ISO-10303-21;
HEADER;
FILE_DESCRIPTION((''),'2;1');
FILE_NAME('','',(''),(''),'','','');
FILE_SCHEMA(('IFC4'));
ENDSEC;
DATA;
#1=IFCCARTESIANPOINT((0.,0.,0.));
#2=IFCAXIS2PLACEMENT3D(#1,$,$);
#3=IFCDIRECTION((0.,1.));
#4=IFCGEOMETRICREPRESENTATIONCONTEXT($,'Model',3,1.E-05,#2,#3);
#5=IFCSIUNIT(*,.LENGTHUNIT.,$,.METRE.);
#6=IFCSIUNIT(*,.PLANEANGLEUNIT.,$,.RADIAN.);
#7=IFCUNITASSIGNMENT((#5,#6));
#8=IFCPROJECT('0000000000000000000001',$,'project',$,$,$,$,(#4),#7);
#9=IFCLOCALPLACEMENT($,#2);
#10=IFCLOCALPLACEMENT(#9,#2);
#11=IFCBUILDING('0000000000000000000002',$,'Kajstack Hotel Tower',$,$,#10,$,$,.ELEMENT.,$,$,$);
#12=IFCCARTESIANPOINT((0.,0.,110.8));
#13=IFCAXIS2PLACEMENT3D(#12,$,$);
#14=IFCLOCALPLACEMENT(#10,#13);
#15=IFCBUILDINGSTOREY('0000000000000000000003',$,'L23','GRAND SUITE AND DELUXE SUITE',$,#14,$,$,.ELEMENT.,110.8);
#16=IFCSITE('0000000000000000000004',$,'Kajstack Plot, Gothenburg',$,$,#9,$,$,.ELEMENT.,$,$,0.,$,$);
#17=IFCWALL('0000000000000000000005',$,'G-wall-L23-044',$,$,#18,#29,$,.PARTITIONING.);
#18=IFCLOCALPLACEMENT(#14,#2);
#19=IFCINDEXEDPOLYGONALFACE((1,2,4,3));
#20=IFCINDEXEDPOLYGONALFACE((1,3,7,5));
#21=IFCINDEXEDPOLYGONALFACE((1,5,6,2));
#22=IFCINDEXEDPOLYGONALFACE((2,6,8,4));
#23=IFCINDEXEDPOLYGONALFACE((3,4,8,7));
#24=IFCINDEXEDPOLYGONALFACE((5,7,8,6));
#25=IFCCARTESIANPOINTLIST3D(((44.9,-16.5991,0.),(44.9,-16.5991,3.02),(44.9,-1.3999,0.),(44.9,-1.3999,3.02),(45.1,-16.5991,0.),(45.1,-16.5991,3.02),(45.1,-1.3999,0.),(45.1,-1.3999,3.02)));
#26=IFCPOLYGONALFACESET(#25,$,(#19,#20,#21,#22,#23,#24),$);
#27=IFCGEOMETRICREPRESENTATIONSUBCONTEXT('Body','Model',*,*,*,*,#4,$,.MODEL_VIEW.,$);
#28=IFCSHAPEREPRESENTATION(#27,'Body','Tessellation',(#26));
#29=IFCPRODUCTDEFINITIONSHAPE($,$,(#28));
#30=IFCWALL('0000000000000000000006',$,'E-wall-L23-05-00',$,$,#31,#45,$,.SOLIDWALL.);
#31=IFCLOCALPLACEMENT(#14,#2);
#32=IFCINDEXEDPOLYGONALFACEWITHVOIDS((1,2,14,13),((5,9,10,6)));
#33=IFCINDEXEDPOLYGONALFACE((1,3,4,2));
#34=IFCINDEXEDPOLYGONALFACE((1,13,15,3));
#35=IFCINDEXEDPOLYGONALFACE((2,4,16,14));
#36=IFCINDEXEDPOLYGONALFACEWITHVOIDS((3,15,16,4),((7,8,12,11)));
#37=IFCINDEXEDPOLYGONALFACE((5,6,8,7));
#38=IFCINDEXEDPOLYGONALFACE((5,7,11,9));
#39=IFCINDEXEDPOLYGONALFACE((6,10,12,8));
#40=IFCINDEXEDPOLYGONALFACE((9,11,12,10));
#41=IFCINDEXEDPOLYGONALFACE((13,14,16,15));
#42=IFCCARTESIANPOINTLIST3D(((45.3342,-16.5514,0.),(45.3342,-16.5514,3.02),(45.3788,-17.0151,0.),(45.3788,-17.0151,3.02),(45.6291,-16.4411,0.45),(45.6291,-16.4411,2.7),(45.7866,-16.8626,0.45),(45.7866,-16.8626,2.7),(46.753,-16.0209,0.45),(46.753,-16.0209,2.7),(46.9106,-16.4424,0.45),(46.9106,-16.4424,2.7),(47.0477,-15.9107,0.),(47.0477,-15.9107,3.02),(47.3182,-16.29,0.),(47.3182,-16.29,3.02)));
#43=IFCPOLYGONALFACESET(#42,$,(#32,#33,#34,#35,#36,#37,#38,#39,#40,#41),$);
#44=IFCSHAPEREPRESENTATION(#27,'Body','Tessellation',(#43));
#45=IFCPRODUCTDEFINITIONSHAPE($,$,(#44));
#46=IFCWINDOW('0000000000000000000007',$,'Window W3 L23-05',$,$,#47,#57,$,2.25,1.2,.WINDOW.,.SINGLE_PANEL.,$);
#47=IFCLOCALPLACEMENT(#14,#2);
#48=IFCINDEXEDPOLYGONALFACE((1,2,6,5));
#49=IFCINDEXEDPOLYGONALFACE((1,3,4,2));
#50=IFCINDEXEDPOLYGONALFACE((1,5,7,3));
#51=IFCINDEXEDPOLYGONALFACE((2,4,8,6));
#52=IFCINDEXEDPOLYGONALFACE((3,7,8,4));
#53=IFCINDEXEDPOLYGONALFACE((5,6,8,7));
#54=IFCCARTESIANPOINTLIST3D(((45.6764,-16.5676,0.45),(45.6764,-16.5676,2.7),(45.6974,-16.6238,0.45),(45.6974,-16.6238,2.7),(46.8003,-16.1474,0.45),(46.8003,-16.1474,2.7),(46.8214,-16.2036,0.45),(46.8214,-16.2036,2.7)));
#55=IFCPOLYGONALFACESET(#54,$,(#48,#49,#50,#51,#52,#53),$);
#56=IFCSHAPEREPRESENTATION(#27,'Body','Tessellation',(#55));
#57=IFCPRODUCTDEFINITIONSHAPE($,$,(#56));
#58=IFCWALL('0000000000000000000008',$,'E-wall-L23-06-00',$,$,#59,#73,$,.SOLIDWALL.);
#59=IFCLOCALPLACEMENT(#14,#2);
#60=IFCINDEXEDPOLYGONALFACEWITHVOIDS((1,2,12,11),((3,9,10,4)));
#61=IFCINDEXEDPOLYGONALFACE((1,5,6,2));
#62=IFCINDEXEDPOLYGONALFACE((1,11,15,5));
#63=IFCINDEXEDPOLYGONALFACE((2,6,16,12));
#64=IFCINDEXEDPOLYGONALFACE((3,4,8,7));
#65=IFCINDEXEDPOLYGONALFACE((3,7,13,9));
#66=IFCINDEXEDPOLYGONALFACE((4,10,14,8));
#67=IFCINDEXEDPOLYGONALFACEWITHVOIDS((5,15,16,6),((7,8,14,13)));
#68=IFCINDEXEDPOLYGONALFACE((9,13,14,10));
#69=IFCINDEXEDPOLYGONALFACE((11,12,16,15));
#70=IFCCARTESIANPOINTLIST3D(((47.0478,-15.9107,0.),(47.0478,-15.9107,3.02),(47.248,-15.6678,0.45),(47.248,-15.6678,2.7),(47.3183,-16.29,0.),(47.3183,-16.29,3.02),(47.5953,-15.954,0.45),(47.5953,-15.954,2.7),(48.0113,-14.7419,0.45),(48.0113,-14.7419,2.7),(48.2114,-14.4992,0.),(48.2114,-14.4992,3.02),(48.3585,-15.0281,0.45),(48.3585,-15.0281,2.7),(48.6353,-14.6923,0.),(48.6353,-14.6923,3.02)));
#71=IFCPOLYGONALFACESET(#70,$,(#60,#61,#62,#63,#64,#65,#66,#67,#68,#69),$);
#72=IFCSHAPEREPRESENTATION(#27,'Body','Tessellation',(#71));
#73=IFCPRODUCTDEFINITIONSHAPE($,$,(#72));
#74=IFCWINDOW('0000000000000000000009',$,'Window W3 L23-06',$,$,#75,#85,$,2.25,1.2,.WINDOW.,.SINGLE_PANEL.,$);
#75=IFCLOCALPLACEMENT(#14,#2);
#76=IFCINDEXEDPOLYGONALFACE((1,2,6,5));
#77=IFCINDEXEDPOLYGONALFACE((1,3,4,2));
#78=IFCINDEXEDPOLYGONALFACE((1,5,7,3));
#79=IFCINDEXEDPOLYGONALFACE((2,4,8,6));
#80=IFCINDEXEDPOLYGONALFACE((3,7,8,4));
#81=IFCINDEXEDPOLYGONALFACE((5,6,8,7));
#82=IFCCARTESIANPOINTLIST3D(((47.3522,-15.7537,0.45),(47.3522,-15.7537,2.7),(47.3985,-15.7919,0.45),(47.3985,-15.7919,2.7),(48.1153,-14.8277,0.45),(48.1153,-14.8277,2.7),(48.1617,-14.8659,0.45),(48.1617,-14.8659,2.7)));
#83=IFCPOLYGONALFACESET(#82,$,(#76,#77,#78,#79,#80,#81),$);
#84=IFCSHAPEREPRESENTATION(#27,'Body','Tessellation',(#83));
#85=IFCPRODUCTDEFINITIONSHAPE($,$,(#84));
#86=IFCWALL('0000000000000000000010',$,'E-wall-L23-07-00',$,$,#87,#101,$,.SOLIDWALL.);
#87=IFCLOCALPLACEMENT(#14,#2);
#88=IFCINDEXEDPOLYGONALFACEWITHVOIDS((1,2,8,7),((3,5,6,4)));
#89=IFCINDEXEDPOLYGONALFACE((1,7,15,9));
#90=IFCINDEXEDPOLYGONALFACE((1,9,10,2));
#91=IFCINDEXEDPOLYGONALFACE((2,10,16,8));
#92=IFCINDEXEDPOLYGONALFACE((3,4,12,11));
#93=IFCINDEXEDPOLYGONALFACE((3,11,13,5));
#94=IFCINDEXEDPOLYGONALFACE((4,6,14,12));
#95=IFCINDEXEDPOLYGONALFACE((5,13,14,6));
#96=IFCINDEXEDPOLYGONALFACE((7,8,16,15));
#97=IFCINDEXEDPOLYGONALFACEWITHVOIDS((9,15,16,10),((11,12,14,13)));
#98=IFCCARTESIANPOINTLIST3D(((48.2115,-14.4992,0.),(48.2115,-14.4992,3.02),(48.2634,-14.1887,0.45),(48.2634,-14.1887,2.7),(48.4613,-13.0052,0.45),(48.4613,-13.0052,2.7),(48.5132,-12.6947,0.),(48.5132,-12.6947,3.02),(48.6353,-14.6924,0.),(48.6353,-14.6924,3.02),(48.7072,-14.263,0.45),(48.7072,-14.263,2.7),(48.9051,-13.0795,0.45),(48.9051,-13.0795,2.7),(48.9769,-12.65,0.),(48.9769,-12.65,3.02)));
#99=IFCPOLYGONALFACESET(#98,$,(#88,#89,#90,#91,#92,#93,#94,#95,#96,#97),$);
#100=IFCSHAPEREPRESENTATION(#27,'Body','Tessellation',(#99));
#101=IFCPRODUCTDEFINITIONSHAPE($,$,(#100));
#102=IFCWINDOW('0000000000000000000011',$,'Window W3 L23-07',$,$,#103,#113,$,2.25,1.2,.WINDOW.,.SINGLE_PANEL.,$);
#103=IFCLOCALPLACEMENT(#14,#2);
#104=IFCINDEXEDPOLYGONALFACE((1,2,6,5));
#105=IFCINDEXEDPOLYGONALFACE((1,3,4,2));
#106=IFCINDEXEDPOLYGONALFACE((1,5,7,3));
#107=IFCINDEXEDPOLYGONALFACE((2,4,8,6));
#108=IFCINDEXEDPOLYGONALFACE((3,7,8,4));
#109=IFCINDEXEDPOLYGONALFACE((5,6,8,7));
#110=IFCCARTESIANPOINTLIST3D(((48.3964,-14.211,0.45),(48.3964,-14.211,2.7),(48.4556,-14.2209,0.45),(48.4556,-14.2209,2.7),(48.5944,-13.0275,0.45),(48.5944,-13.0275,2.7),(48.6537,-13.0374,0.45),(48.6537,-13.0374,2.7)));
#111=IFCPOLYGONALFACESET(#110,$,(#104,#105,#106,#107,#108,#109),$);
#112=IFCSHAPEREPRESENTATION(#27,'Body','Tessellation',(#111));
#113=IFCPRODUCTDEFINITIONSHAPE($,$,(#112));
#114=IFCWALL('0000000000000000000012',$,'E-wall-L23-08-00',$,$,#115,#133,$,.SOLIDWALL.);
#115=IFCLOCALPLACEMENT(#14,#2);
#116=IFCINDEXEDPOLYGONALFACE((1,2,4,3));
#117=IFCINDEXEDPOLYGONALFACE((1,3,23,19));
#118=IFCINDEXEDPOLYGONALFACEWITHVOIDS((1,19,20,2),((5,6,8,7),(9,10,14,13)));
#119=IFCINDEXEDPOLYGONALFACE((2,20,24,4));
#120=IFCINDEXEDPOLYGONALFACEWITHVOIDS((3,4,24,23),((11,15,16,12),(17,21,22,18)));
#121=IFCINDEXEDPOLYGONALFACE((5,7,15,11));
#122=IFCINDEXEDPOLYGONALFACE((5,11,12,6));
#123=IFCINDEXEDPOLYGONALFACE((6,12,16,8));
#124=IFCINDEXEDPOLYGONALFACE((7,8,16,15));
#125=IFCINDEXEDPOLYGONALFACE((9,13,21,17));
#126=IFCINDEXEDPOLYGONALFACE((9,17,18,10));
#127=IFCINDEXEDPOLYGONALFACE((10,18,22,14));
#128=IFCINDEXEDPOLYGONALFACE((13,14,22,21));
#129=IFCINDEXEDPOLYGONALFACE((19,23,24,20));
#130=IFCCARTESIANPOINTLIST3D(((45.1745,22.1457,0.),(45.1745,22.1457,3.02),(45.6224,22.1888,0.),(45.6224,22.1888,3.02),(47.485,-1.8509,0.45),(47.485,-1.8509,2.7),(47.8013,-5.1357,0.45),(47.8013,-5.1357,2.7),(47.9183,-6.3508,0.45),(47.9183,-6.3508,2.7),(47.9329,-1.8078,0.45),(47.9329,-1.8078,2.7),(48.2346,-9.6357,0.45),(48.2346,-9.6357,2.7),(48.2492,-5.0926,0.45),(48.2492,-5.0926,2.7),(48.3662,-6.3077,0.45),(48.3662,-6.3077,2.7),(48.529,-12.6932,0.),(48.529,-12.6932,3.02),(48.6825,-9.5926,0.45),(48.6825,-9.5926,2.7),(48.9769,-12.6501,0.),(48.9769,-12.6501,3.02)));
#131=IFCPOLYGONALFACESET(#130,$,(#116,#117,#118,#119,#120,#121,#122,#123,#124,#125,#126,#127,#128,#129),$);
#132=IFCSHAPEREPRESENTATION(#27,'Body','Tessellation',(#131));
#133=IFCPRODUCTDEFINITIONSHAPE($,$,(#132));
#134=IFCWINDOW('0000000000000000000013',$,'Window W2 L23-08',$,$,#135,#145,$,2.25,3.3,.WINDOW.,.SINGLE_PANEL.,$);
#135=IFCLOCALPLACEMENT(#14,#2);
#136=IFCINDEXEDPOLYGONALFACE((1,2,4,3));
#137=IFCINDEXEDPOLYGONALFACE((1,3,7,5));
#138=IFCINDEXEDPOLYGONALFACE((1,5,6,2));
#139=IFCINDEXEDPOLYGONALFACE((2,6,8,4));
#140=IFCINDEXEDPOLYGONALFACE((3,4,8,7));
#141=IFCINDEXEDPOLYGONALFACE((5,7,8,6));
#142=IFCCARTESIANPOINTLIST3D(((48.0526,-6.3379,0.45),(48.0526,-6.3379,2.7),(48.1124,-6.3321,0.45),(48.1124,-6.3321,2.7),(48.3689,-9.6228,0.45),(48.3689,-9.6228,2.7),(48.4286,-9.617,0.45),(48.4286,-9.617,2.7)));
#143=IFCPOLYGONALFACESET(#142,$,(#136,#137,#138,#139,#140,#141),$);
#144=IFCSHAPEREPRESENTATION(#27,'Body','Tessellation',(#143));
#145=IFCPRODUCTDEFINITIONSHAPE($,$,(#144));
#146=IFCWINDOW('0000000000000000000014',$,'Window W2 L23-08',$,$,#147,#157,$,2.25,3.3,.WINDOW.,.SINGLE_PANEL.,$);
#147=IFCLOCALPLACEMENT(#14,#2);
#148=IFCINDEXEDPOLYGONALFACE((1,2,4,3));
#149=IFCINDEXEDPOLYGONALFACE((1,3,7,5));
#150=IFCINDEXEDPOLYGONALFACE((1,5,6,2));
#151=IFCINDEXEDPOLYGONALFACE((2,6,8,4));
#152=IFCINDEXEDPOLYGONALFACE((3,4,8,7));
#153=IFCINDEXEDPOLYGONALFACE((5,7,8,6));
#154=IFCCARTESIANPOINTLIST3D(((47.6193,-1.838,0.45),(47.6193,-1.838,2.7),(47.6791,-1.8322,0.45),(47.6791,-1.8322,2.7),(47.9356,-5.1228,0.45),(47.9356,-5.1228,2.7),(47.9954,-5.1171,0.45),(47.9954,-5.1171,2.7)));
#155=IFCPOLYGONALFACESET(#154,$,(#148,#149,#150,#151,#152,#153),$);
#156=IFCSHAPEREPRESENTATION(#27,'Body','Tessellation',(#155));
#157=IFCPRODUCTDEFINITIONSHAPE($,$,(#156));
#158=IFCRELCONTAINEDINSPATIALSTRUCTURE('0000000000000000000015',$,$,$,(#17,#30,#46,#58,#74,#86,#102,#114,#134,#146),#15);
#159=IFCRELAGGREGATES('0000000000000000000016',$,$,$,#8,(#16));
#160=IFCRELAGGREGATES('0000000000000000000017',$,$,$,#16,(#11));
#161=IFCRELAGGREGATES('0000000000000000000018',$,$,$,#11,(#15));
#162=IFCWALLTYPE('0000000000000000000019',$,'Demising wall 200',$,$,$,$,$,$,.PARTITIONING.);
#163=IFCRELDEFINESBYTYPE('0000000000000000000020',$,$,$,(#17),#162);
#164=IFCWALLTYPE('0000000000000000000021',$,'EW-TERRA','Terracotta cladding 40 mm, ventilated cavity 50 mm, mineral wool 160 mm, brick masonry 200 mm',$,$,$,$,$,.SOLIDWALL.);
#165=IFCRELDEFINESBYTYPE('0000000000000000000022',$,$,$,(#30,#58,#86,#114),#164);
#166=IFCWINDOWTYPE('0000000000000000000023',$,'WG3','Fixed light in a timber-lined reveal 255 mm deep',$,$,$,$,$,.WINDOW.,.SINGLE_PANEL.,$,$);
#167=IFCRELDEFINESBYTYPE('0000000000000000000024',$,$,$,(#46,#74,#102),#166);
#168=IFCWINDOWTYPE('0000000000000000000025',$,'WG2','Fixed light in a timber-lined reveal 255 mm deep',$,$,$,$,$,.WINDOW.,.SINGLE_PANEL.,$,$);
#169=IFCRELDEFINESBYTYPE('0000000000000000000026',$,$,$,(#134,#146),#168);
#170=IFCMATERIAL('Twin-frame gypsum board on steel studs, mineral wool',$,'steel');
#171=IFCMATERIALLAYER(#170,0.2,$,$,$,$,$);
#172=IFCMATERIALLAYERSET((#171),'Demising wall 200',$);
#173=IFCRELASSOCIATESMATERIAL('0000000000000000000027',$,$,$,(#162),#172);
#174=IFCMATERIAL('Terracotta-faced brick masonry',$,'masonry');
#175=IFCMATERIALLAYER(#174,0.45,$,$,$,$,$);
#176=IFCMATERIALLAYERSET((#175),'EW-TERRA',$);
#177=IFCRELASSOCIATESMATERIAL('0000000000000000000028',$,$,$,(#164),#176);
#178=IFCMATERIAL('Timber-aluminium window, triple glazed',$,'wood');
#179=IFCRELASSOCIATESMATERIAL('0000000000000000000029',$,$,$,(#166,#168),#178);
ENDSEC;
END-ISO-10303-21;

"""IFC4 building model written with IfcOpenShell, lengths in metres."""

from ifc_helpers import new_model, si_unit, direction, frame, frame_2d, origin, place, context, subcontext, project, spatial, polyline, rectangle, outline, extrude, material, layer, layer_set, type_object, element, fill, save


model = new_model("IFC4")

# Units and contexts
model_context = context("Model", 3, precision=1e-05, world=origin(), true_north=direction((0.0, 1.0)))
body_context = subcontext(model_context, "Body", "Model", "MODEL_VIEW")
ifc_project = project(units=[si_unit("LENGTHUNIT", "METRE"), si_unit("PLANEANGLEUNIT", "RADIAN")], contexts=[model_context])

# Site, building, storey
site_placement = place(None, origin())
site = spatial("IfcSite", under=ifc_project, at=site_placement, Name="Kajstack Plot, Gothenburg", CompositionType="ELEMENT", RefElevation=0.0)
building_placement = place(site_placement, origin())
building = spatial("IfcBuilding", under=site, at=building_placement, Name="Kajstack Hotel Tower", CompositionType="ELEMENT")
storey_placement = place(building_placement, frame((0.0, 0.0, 110.8)))
storey = spatial("IfcBuildingStorey", under=building, at=storey_placement, Name="L23", Description="GRAND SUITE AND DELUXE SUITE", CompositionType="ELEMENT", Elevation=110.8)

# Wall
ifc_material_1 = material(Name="Twin-frame gypsum board on steel studs, mineral wool", Category="steel")
ifc_layer_1 = layer(ifc_material_1, 0.2)
ifc_layer_set_1 = layer_set([ifc_layer_1], Name="Demising wall 200")
wall_type_1 = type_object("IfcWallType", Name="Demising wall 200", PredefinedType="PARTITIONING", material=ifc_layer_set_1)
wall_1_placement = place(storey_placement, frame((45.0, -16.5991, 0.0), z_axis=(0.0, 0.0, 1.0), x_axis=(0.0, 1.0, 0.0)))
element("IfcWall", 1, at=wall_1_placement, inside=storey, type_object=wall_type_1, Name="G-wall-L23-044", PredefinedType="PARTITIONING", context=body_context, shape_type="SweptSolid", body=[
    extrude(rectangle(XDim=15.1992, YDim=0.2, at=frame_2d((7.5996, 0.0))), origin(), (0.0, 0.0, 1.0), 3.02),
])

# Walls, openings, windows
ifc_material_2 = material(Name="Terracotta-faced brick masonry", Category="masonry")
ifc_layer_2 = layer(ifc_material_2, 0.45)
ifc_layer_set_2 = layer_set([ifc_layer_2], Name="EW-TERRA")
wall_type_2 = type_object("IfcWallType", Name="EW-TERRA", Description="Terracotta cladding 40 mm, ventilated cavity 50 mm, mineral wool 160 mm, brick masonry 200 mm", PredefinedType="SOLIDWALL", material=ifc_layer_set_2)
wall_2_placement = place(storey_placement, frame((45.3, -16.8044, 0.0), z_axis=(0.0, 0.0, 1.0), x_axis=(0.936678, 0.350193, 0.0)))
wall_2 = element("IfcWall", 2, at=wall_2_placement, inside=storey, type_object=wall_type_2, Name="E-wall-L23-05-00", PredefinedType="SOLIDWALL", context=body_context, shape_type="SweptSolid", body=[
    extrude(outline(polyline([(0.0, -0.2249), (2.0706, -0.2249), (1.95, 0.2251), (0.1206, 0.2251), (0.0, -0.2249)])), origin(), (0.0, 0.0, 1.0), 3.02),
])
opening_1_placement = place(wall_2_placement, frame((0.4353, 0.0, 0.45)))
opening_1 = element("IfcOpeningElement", 3, at=opening_1_placement, cuts=wall_2, PredefinedType="OPENING", context=body_context, shape_type="SweptSolid", body=[
    extrude(rectangle(XDim=1.2, YDim=2.25, at=frame_2d((0.6001, 1.125))), frame((0.0, 0.2349, 0.0), z_axis=(0.0, -1.0, 0.0), x_axis=(1.0, 0.0, 0.0)), (0.0, 0.0, 1.0), 0.47),
])
ifc_material_3 = material(Name="Timber-aluminium window, triple glazed", Category="wood")
window_type_1 = type_object("IfcWindowType", Name="WG3", Description="Fixed light in a timber-lined reveal 255 mm deep", PartitioningType="SINGLE_PANEL", PredefinedType="WINDOW", material=ifc_material_3)
window_1_placement = place(opening_1_placement, origin())
window_1 = element("IfcWindow", 4, at=window_1_placement, inside=storey, type_object=window_type_1, Name="Window W3 L23-05", OverallHeight=2.25, OverallWidth=1.2, PartitioningType="SINGLE_PANEL", PredefinedType="WINDOW", context=body_context, shape_type="SweptSolid", body=[
    extrude(rectangle(XDim=1.2, YDim=2.25, at=frame_2d((0.6001, 1.125))), frame((0.0, 0.0901, 0.0), z_axis=(0.0, -1.0, 0.0), x_axis=(1.0, 0.0, 0.0)), (0.0, 0.0, 1.0), 0.0601),
])
fill(opening_1, window_1)
wall_3_placement = place(storey_placement, frame((47.1448, -16.147, 0.0), z_axis=(0.0, 0.0, 1.0), x_axis=(0.635988, 0.771699, 0.0)))
wall_3 = element("IfcWall", 5, at=wall_3_placement, inside=storey, type_object=wall_type_2, Name="E-wall-L23-06-00", PredefinedType="SOLIDWALL", context=body_context, shape_type="SweptSolid", body=[
    extrude(outline(polyline([(0.0, -0.2249), (2.0706, -0.2251), (1.95, 0.2249), (0.1206, 0.2251), (0.0, -0.2249)])), origin(), (0.0, 0.0, 1.0), 3.02),
])
opening_2_placement = place(wall_3_placement, frame((0.4353, 0.0, 0.45)))
opening_2 = element("IfcOpeningElement", 6, at=opening_2_placement, cuts=wall_3, PredefinedType="OPENING", context=body_context, shape_type="SweptSolid", body=[
    extrude(rectangle(XDim=1.2, YDim=2.25, at=frame_2d((0.6001, 1.125))), frame((0.0, 0.2349, 0.0), z_axis=(0.0, -1.0, 0.0), x_axis=(1.0, 0.0, 0.0)), (0.0, 0.0, 1.0), 0.47),
])
window_2_placement = place(opening_2_placement, origin())
window_2 = element("IfcWindow", 7, at=window_2_placement, inside=storey, type_object=window_type_1, Name="Window W3 L23-06", OverallHeight=2.25, OverallWidth=1.2, PartitioningType="SINGLE_PANEL", PredefinedType="WINDOW", context=body_context, shape_type="SweptSolid", body=[
    extrude(rectangle(XDim=1.2, YDim=2.25, at=frame_2d((0.6001, 1.125))), frame((0.0, 0.0901, 0.0), z_axis=(0.0, -1.0, 0.0), x_axis=(1.0, 0.0, 0.0)), (0.0, 0.0, 1.0), 0.0601),
])
fill(opening_2, window_2)
wall_4_placement = place(storey_placement, frame((48.4133, -14.6553, 0.0), z_axis=(0.0, 0.0, 1.0), x_axis=(0.165068, 0.986282, 0.0)))
wall_4 = element("IfcWall", 8, at=wall_4_placement, inside=storey, type_object=wall_type_2, Name="E-wall-L23-07-00", PredefinedType="SOLIDWALL", context=body_context, shape_type="SweptSolid", body=[
    extrude(outline(polyline([(0.0, -0.2251), (2.0708, -0.2249), (1.9502, 0.2251), (0.1206, 0.2249), (0.0, -0.2251)])), origin(), (0.0, 0.0, 1.0), 3.02),
])
opening_3_placement = place(wall_4_placement, frame((0.4353, 0.0, 0.45)))
opening_3 = element("IfcOpeningElement", 9, at=opening_3_placement, cuts=wall_4, PredefinedType="OPENING", context=body_context, shape_type="SweptSolid", body=[
    extrude(rectangle(XDim=1.2, YDim=2.25, at=frame_2d((0.6001, 1.125))), frame((0.0, 0.2349, 0.0), z_axis=(0.0, -1.0, 0.0), x_axis=(1.0, 0.0, 0.0)), (0.0, 0.0, 1.0), 0.47),
])
window_3_placement = place(opening_3_placement, origin())
window_3 = element("IfcWindow", 10, at=window_3_placement, inside=storey, type_object=window_type_1, Name="Window W3 L23-07", OverallHeight=2.25, OverallWidth=1.2, PartitioningType="SINGLE_PANEL", PredefinedType="WINDOW", context=body_context, shape_type="SweptSolid", body=[
    extrude(rectangle(XDim=1.2, YDim=2.25, at=frame_2d((0.6001, 1.125))), frame((0.0, 0.0901, 0.0), z_axis=(0.0, -1.0, 0.0), x_axis=(1.0, 0.0, 0.0)), (0.0, 0.0, 1.0), 0.0601),
])
fill(opening_3, window_3)

# Wall, openings, windows
wall_5_placement = place(storey_placement, frame((48.7529, -12.6716, 0.0), z_axis=(0.0, 0.0, 1.0), x_axis=(-0.095843, 0.995396, 0.0)))
wall_5 = element("IfcWall", 11, at=wall_5_placement, inside=storey, type_object=wall_type_2, Name="E-wall-L23-08-00", PredefinedType="SOLIDWALL", context=body_context, shape_type="SweptSolid", body=[
    extrude(rectangle(XDim=35.0, YDim=0.45, at=frame_2d((17.5, 0.0))), origin(), (0.0, 0.0, 1.0), 3.02),
])
opening_4_placement = place(wall_5_placement, frame((3.0718, 0.0, 0.45)))
opening_4 = element("IfcOpeningElement", 12, at=opening_4_placement, cuts=wall_5, PredefinedType="OPENING", context=body_context, shape_type="SweptSolid", body=[
    extrude(rectangle(XDim=3.3, YDim=2.25, at=frame_2d((1.6499, 1.125))), frame((0.0, 0.2349, 0.0), z_axis=(0.0, -1.0, 0.0), x_axis=(1.0, 0.0, 0.0)), (0.0, 0.0, 1.0), 0.47),
])
opening_5_placement = place(wall_5_placement, frame((7.5925, 0.0, 0.45)))
opening_5 = element("IfcOpeningElement", 13, at=opening_5_placement, cuts=wall_5, PredefinedType="OPENING", context=body_context, shape_type="SweptSolid", body=[
    extrude(rectangle(XDim=3.3, YDim=2.25, at=frame_2d((1.6499, 1.125))), frame((0.0, 0.2349, 0.0), z_axis=(0.0, -1.0, 0.0), x_axis=(1.0, 0.0, 0.0)), (0.0, 0.0, 1.0), 0.47),
])
window_type_2 = type_object("IfcWindowType", Name="WG2", Description="Fixed light in a timber-lined reveal 255 mm deep", PartitioningType="SINGLE_PANEL", PredefinedType="WINDOW", material=ifc_material_3)
window_4_placement = place(opening_4_placement, origin())
window_4 = element("IfcWindow", 14, at=window_4_placement, inside=storey, type_object=window_type_2, Name="Window W2 L23-08", OverallHeight=2.25, OverallWidth=3.3, PartitioningType="SINGLE_PANEL", PredefinedType="WINDOW", context=body_context, shape_type="SweptSolid", body=[
    extrude(rectangle(XDim=3.3, YDim=2.25, at=frame_2d((1.6499, 1.125))), frame((0.0, 0.0901, 0.0), z_axis=(0.0, -1.0, 0.0), x_axis=(1.0, 0.0, 0.0)), (0.0, 0.0, 1.0), 0.0601),
])
fill(opening_4, window_4)
window_5_placement = place(opening_5_placement, origin())
window_5 = element("IfcWindow", 15, at=window_5_placement, inside=storey, type_object=window_type_2, Name="Window W2 L23-08", OverallHeight=2.25, OverallWidth=3.3, PartitioningType="SINGLE_PANEL", PredefinedType="WINDOW", context=body_context, shape_type="SweptSolid", body=[
    extrude(rectangle(XDim=3.3, YDim=2.25, at=frame_2d((1.6499, 1.125))), frame((0.0, 0.0901, 0.0), z_axis=(0.0, -1.0, 0.0), x_axis=(1.0, 0.0, 0.0)), (0.0, 0.0, 1.0), 0.0601),
])
fill(opening_5, window_5)

save(model, "model.ifc")
